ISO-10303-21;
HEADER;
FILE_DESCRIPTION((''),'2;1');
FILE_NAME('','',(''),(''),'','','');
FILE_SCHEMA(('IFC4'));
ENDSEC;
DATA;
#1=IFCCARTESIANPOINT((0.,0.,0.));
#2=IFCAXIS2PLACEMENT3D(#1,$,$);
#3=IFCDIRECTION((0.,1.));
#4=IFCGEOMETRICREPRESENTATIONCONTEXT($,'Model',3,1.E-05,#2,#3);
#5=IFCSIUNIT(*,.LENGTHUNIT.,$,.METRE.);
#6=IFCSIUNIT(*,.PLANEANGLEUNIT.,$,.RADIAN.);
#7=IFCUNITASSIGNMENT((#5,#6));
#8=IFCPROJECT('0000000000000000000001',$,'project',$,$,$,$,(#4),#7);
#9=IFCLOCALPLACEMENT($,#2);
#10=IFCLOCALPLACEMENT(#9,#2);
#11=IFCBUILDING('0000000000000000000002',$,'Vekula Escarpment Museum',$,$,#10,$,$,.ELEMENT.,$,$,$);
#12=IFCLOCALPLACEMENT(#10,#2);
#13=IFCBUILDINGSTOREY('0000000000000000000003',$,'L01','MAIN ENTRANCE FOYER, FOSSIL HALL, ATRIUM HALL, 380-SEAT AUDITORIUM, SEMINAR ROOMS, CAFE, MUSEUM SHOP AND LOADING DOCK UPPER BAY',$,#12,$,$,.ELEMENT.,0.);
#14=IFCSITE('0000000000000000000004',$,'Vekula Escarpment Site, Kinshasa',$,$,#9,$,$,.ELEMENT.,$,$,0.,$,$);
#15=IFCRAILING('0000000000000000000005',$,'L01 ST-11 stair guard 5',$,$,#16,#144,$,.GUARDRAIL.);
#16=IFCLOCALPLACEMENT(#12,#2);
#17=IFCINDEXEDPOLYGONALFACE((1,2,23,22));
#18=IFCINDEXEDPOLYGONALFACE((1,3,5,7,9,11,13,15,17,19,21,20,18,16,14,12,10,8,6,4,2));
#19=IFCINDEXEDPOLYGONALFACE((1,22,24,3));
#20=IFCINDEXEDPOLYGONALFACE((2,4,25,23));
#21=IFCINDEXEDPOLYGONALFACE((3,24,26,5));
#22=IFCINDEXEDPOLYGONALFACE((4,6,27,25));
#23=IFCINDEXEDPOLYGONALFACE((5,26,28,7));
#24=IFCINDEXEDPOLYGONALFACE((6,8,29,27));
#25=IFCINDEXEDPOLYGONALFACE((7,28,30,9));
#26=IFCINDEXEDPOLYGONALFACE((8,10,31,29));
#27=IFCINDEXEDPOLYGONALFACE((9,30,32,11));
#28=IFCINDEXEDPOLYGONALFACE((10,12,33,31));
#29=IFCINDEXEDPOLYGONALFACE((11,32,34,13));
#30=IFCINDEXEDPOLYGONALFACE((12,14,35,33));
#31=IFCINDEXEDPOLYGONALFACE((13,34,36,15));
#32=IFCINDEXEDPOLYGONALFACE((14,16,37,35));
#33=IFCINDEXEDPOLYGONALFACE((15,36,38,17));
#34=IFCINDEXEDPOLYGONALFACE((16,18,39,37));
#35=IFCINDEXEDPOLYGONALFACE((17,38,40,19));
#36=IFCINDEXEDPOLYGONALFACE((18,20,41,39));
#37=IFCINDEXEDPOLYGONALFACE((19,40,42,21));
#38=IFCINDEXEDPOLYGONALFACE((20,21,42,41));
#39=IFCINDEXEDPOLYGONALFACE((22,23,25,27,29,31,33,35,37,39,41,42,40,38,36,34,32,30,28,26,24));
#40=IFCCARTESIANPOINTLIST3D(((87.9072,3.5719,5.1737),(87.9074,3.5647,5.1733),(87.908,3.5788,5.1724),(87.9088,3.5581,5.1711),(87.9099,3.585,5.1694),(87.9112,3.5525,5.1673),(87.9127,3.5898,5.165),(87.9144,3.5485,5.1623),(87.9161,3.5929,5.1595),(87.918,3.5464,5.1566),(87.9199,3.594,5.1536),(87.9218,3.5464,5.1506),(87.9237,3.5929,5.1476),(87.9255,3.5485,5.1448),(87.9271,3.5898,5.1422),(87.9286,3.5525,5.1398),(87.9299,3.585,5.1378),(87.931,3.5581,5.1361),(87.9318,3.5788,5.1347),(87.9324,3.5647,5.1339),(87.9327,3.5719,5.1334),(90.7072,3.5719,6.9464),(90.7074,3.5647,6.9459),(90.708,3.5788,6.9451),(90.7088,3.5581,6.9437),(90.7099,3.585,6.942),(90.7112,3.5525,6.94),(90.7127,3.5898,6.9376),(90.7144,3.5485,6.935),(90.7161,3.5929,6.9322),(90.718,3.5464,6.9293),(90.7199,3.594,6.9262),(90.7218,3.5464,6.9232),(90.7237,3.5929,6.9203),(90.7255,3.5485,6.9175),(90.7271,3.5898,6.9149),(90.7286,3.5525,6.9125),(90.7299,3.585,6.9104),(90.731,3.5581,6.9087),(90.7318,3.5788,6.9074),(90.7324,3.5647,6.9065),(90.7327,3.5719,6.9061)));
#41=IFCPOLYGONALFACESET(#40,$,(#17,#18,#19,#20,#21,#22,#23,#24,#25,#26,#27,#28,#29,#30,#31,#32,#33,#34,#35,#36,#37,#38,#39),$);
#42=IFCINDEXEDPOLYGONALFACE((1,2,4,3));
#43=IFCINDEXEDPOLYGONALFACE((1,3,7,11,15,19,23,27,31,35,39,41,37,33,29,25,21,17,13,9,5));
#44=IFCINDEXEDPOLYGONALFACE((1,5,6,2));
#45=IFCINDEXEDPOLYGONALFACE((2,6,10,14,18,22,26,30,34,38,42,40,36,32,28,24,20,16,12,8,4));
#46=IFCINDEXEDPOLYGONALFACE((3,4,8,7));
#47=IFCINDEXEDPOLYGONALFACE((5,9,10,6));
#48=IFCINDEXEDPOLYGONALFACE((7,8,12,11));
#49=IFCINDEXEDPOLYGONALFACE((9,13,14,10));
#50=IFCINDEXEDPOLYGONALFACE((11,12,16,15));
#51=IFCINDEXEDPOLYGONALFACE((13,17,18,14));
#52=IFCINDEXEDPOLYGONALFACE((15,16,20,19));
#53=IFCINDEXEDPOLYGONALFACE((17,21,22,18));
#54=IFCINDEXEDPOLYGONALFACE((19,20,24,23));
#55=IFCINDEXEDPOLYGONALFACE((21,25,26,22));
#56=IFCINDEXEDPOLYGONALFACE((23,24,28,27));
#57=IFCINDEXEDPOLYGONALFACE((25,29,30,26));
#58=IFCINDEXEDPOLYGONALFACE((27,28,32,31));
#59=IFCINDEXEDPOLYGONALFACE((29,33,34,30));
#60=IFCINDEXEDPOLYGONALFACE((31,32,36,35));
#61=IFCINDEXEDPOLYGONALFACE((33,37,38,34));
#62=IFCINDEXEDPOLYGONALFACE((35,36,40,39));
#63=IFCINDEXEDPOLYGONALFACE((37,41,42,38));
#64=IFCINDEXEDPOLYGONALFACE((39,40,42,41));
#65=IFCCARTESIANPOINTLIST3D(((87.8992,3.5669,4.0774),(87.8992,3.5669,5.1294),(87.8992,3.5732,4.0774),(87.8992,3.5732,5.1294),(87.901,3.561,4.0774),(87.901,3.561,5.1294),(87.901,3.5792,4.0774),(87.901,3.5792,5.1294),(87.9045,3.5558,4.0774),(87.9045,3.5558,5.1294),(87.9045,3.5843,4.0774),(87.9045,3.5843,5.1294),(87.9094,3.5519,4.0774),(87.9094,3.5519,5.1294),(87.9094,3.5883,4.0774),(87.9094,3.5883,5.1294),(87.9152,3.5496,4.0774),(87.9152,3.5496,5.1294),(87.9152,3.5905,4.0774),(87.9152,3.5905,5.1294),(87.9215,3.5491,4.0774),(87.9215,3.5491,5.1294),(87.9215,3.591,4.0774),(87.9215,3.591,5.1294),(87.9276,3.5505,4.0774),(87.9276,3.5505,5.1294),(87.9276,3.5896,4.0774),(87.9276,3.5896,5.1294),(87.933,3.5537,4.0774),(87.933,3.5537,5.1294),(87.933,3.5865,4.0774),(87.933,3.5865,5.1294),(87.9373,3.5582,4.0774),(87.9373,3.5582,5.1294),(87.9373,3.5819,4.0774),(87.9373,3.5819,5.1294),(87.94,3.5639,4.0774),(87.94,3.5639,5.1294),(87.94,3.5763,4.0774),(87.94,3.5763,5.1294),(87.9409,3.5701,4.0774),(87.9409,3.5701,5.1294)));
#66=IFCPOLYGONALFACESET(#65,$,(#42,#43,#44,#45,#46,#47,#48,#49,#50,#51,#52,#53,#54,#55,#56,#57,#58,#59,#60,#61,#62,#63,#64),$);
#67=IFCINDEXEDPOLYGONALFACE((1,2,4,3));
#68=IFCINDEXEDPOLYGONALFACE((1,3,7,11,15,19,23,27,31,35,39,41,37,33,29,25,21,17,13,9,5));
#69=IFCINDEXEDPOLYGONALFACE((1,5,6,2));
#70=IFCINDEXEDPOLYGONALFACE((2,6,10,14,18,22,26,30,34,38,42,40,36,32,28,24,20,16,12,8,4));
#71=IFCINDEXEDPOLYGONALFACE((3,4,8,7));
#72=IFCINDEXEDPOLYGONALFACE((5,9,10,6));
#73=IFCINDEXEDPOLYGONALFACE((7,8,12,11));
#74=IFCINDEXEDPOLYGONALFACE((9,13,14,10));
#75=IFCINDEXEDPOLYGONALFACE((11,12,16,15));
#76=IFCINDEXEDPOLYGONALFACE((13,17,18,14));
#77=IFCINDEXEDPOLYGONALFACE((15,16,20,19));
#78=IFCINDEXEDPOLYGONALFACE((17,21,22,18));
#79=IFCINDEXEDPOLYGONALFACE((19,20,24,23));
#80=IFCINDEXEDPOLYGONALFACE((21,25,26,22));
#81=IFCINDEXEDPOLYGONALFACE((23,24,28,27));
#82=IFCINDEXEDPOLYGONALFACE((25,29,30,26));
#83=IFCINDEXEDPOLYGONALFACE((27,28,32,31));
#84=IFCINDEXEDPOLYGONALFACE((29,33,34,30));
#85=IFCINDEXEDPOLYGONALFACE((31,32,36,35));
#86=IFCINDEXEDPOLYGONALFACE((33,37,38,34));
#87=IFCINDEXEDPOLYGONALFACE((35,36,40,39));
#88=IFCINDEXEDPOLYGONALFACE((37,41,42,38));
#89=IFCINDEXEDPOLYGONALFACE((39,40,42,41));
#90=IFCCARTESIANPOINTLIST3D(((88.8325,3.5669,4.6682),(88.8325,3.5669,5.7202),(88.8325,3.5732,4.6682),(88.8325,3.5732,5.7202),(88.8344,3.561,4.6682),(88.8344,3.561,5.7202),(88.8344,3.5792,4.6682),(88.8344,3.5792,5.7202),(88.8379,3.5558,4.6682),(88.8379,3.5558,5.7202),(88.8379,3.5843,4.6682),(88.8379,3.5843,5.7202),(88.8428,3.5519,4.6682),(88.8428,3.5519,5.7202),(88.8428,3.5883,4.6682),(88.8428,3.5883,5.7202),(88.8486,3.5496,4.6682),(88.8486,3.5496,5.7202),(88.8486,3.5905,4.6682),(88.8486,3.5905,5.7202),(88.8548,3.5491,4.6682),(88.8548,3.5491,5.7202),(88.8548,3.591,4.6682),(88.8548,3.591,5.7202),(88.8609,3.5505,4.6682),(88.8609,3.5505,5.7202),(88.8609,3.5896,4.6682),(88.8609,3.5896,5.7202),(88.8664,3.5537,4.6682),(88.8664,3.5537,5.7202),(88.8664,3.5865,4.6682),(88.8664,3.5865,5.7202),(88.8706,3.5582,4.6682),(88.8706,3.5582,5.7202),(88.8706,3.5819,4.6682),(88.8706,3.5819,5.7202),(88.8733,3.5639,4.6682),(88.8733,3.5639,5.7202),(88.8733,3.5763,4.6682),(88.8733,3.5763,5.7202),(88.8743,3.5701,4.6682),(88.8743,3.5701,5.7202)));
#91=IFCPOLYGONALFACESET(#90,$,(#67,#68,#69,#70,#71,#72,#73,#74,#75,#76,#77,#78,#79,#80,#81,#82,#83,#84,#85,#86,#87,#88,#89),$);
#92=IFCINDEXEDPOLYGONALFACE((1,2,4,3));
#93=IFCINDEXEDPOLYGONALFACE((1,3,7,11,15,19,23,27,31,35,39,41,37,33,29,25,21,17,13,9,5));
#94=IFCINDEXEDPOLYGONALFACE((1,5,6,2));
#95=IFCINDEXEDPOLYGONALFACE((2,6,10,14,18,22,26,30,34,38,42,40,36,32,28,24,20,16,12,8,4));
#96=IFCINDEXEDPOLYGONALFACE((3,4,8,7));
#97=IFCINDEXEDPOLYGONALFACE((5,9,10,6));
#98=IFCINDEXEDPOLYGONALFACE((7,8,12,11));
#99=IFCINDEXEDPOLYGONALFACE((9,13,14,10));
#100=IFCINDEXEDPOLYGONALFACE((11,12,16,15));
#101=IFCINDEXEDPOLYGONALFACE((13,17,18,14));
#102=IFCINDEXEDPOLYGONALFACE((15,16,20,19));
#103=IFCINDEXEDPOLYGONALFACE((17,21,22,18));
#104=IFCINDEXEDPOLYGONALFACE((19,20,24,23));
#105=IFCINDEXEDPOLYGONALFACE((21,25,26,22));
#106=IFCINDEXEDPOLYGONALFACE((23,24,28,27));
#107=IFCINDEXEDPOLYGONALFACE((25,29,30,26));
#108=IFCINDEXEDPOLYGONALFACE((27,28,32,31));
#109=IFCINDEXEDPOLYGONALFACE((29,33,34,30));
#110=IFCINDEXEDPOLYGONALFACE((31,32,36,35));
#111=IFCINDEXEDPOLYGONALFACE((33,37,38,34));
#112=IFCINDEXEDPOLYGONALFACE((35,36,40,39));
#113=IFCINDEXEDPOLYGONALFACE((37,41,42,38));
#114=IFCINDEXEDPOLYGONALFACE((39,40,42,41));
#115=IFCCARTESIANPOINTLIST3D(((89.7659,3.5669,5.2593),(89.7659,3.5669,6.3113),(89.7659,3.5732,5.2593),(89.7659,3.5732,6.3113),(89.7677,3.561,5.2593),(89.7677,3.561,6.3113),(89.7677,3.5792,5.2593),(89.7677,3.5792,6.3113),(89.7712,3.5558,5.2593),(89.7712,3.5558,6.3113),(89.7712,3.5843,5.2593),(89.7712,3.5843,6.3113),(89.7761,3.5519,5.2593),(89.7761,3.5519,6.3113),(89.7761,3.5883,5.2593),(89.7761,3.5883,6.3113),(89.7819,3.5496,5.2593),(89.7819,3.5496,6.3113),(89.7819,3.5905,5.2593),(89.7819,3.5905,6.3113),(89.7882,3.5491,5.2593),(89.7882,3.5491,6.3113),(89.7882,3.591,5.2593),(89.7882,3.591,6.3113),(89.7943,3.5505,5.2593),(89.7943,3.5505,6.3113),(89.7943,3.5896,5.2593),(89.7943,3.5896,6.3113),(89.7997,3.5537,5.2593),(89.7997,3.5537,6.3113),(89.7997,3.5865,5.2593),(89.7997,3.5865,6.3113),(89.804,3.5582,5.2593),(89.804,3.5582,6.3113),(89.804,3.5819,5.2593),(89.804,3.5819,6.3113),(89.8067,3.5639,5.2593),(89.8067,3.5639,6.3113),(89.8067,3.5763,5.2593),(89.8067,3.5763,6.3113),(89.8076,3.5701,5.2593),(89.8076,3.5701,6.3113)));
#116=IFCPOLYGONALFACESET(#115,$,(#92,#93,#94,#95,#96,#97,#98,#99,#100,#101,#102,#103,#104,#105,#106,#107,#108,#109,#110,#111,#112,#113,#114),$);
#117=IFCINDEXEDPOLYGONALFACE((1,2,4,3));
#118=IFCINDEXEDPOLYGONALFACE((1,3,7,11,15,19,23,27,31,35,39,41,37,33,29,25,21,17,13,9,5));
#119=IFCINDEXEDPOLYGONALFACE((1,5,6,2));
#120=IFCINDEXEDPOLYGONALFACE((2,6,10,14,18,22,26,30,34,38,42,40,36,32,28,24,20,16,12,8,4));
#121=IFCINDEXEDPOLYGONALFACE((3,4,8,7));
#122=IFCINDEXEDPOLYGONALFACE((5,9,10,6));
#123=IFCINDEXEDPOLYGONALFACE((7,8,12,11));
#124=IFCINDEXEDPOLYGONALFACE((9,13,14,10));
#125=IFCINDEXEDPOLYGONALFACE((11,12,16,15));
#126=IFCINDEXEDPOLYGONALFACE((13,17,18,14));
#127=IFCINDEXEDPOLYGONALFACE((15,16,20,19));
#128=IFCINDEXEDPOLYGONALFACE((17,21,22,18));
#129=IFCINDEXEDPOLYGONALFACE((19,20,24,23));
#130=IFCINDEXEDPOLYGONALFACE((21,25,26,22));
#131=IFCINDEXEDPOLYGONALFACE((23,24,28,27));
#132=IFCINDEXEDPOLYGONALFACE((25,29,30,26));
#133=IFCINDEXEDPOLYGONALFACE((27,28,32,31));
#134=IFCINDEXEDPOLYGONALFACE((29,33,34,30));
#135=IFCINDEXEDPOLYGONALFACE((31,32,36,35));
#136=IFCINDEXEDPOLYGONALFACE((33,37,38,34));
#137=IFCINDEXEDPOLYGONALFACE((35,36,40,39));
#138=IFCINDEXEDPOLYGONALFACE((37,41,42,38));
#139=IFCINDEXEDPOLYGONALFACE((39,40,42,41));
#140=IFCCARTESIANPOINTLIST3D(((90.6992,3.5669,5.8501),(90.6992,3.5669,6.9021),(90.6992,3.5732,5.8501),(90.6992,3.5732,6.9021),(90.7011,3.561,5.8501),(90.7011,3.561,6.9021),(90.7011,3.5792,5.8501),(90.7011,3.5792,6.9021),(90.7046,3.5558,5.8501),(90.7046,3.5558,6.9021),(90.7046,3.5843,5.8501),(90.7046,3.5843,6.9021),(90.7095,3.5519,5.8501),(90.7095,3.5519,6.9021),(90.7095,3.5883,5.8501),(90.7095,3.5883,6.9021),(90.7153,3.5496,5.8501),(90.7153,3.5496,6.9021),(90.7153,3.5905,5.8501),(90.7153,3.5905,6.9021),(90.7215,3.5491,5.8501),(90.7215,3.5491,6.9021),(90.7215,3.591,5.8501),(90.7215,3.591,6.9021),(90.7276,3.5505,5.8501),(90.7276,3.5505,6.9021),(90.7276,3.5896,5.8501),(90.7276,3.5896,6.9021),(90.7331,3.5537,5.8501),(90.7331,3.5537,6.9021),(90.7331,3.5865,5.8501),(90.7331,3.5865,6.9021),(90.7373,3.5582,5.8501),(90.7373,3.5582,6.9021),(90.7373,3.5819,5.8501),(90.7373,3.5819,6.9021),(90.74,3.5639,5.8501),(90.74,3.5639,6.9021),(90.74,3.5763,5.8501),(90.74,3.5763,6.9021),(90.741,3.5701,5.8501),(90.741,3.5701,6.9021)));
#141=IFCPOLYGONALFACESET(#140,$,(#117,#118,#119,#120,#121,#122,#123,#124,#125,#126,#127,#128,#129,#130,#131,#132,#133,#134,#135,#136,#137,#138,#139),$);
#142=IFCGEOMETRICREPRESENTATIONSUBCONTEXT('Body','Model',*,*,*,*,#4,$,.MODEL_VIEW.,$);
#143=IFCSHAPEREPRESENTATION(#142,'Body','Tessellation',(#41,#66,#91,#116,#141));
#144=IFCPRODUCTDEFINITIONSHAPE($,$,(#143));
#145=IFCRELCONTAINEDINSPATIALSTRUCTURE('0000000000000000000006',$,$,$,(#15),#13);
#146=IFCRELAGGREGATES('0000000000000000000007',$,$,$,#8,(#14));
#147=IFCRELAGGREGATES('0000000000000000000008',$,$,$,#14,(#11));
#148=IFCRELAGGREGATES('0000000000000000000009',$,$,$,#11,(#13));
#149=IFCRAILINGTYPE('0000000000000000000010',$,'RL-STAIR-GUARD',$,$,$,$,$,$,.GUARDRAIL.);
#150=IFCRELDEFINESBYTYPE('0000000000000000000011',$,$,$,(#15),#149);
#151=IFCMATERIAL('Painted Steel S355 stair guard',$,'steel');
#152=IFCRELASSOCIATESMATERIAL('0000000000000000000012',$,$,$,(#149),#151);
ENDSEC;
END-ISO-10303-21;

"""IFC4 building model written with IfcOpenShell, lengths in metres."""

from ifc_helpers import new_model, si_unit, direction, frame, origin, origin_2d, place, context, subcontext, project, spatial, circle, extrude, material, type_object, element, save


model = new_model("IFC4")

# Units and contexts
model_context = context("Model", 3, precision=1e-05, world=origin(), true_north=direction((0.0, 1.0)))
body_context = subcontext(model_context, "Body", "Model", "MODEL_VIEW")
ifc_project = project(units=[si_unit("LENGTHUNIT", "METRE"), si_unit("PLANEANGLEUNIT", "RADIAN")], contexts=[model_context])

# Site, building, storey
site_placement = place(None, origin())
site = spatial("IfcSite", under=ifc_project, at=site_placement, Name="Vekula Escarpment Site, Kinshasa", CompositionType="ELEMENT", RefElevation=0.0)
building_placement = place(site_placement, origin())
building = spatial("IfcBuilding", under=site, at=building_placement, Name="Vekula Escarpment Museum", CompositionType="ELEMENT")
storey_placement = place(building_placement, origin())
storey = spatial("IfcBuildingStorey", under=building, at=storey_placement, Name="L01", Description="MAIN ENTRANCE FOYER, FOSSIL HALL, ATRIUM HALL, 380-SEAT AUDITORIUM, SEMINAR ROOMS, CAFE, MUSEUM SHOP AND LOADING DOCK UPPER BAY", CompositionType="ELEMENT", Elevation=0.0)

# Railing
ifc_material_1 = material(Name="Painted Steel S355 stair guard", Category="steel")
railing_type_1 = type_object("IfcRailingType", Name="RL-STAIR-GUARD", PredefinedType="GUARDRAIL", material=ifc_material_1)
railing_1_placement = place(storey_placement, frame((87.9199, 3.5701, 4.0774)))
element("IfcRailing", 1, at=railing_1_placement, inside=storey, type_object=railing_type_1, Name="L01 ST-11 stair guard 5", PredefinedType="GUARDRAIL", context=body_context, shape_type="SweptSolid", body=[
    extrude(circle(Radius=0.0239, at=origin_2d()), frame((0.0, 0.0, 1.0762), z_axis=(0.844909, 0.0, 0.53491), x_axis=(0.0, 1.0, 0.0)), (0.0, 0.0, 1.0), 3.314),
    extrude(circle(Radius=0.021, at=origin_2d()), origin(), (0.0, 0.0, 1.0), 1.052),
    extrude(circle(Radius=0.021, at=origin_2d()), frame((0.9333, 0.0, 0.5908)), (0.0, 0.0, 1.0), 1.052),
    extrude(circle(Radius=0.021, at=origin_2d()), frame((1.8667, 0.0, 1.1819)), (0.0, 0.0, 1.0), 1.052),
    extrude(circle(Radius=0.021, at=origin_2d()), frame((2.8, 0.0, 1.7727)), (0.0, 0.0, 1.0), 1.052),
])

save(model, "model.ifc")
